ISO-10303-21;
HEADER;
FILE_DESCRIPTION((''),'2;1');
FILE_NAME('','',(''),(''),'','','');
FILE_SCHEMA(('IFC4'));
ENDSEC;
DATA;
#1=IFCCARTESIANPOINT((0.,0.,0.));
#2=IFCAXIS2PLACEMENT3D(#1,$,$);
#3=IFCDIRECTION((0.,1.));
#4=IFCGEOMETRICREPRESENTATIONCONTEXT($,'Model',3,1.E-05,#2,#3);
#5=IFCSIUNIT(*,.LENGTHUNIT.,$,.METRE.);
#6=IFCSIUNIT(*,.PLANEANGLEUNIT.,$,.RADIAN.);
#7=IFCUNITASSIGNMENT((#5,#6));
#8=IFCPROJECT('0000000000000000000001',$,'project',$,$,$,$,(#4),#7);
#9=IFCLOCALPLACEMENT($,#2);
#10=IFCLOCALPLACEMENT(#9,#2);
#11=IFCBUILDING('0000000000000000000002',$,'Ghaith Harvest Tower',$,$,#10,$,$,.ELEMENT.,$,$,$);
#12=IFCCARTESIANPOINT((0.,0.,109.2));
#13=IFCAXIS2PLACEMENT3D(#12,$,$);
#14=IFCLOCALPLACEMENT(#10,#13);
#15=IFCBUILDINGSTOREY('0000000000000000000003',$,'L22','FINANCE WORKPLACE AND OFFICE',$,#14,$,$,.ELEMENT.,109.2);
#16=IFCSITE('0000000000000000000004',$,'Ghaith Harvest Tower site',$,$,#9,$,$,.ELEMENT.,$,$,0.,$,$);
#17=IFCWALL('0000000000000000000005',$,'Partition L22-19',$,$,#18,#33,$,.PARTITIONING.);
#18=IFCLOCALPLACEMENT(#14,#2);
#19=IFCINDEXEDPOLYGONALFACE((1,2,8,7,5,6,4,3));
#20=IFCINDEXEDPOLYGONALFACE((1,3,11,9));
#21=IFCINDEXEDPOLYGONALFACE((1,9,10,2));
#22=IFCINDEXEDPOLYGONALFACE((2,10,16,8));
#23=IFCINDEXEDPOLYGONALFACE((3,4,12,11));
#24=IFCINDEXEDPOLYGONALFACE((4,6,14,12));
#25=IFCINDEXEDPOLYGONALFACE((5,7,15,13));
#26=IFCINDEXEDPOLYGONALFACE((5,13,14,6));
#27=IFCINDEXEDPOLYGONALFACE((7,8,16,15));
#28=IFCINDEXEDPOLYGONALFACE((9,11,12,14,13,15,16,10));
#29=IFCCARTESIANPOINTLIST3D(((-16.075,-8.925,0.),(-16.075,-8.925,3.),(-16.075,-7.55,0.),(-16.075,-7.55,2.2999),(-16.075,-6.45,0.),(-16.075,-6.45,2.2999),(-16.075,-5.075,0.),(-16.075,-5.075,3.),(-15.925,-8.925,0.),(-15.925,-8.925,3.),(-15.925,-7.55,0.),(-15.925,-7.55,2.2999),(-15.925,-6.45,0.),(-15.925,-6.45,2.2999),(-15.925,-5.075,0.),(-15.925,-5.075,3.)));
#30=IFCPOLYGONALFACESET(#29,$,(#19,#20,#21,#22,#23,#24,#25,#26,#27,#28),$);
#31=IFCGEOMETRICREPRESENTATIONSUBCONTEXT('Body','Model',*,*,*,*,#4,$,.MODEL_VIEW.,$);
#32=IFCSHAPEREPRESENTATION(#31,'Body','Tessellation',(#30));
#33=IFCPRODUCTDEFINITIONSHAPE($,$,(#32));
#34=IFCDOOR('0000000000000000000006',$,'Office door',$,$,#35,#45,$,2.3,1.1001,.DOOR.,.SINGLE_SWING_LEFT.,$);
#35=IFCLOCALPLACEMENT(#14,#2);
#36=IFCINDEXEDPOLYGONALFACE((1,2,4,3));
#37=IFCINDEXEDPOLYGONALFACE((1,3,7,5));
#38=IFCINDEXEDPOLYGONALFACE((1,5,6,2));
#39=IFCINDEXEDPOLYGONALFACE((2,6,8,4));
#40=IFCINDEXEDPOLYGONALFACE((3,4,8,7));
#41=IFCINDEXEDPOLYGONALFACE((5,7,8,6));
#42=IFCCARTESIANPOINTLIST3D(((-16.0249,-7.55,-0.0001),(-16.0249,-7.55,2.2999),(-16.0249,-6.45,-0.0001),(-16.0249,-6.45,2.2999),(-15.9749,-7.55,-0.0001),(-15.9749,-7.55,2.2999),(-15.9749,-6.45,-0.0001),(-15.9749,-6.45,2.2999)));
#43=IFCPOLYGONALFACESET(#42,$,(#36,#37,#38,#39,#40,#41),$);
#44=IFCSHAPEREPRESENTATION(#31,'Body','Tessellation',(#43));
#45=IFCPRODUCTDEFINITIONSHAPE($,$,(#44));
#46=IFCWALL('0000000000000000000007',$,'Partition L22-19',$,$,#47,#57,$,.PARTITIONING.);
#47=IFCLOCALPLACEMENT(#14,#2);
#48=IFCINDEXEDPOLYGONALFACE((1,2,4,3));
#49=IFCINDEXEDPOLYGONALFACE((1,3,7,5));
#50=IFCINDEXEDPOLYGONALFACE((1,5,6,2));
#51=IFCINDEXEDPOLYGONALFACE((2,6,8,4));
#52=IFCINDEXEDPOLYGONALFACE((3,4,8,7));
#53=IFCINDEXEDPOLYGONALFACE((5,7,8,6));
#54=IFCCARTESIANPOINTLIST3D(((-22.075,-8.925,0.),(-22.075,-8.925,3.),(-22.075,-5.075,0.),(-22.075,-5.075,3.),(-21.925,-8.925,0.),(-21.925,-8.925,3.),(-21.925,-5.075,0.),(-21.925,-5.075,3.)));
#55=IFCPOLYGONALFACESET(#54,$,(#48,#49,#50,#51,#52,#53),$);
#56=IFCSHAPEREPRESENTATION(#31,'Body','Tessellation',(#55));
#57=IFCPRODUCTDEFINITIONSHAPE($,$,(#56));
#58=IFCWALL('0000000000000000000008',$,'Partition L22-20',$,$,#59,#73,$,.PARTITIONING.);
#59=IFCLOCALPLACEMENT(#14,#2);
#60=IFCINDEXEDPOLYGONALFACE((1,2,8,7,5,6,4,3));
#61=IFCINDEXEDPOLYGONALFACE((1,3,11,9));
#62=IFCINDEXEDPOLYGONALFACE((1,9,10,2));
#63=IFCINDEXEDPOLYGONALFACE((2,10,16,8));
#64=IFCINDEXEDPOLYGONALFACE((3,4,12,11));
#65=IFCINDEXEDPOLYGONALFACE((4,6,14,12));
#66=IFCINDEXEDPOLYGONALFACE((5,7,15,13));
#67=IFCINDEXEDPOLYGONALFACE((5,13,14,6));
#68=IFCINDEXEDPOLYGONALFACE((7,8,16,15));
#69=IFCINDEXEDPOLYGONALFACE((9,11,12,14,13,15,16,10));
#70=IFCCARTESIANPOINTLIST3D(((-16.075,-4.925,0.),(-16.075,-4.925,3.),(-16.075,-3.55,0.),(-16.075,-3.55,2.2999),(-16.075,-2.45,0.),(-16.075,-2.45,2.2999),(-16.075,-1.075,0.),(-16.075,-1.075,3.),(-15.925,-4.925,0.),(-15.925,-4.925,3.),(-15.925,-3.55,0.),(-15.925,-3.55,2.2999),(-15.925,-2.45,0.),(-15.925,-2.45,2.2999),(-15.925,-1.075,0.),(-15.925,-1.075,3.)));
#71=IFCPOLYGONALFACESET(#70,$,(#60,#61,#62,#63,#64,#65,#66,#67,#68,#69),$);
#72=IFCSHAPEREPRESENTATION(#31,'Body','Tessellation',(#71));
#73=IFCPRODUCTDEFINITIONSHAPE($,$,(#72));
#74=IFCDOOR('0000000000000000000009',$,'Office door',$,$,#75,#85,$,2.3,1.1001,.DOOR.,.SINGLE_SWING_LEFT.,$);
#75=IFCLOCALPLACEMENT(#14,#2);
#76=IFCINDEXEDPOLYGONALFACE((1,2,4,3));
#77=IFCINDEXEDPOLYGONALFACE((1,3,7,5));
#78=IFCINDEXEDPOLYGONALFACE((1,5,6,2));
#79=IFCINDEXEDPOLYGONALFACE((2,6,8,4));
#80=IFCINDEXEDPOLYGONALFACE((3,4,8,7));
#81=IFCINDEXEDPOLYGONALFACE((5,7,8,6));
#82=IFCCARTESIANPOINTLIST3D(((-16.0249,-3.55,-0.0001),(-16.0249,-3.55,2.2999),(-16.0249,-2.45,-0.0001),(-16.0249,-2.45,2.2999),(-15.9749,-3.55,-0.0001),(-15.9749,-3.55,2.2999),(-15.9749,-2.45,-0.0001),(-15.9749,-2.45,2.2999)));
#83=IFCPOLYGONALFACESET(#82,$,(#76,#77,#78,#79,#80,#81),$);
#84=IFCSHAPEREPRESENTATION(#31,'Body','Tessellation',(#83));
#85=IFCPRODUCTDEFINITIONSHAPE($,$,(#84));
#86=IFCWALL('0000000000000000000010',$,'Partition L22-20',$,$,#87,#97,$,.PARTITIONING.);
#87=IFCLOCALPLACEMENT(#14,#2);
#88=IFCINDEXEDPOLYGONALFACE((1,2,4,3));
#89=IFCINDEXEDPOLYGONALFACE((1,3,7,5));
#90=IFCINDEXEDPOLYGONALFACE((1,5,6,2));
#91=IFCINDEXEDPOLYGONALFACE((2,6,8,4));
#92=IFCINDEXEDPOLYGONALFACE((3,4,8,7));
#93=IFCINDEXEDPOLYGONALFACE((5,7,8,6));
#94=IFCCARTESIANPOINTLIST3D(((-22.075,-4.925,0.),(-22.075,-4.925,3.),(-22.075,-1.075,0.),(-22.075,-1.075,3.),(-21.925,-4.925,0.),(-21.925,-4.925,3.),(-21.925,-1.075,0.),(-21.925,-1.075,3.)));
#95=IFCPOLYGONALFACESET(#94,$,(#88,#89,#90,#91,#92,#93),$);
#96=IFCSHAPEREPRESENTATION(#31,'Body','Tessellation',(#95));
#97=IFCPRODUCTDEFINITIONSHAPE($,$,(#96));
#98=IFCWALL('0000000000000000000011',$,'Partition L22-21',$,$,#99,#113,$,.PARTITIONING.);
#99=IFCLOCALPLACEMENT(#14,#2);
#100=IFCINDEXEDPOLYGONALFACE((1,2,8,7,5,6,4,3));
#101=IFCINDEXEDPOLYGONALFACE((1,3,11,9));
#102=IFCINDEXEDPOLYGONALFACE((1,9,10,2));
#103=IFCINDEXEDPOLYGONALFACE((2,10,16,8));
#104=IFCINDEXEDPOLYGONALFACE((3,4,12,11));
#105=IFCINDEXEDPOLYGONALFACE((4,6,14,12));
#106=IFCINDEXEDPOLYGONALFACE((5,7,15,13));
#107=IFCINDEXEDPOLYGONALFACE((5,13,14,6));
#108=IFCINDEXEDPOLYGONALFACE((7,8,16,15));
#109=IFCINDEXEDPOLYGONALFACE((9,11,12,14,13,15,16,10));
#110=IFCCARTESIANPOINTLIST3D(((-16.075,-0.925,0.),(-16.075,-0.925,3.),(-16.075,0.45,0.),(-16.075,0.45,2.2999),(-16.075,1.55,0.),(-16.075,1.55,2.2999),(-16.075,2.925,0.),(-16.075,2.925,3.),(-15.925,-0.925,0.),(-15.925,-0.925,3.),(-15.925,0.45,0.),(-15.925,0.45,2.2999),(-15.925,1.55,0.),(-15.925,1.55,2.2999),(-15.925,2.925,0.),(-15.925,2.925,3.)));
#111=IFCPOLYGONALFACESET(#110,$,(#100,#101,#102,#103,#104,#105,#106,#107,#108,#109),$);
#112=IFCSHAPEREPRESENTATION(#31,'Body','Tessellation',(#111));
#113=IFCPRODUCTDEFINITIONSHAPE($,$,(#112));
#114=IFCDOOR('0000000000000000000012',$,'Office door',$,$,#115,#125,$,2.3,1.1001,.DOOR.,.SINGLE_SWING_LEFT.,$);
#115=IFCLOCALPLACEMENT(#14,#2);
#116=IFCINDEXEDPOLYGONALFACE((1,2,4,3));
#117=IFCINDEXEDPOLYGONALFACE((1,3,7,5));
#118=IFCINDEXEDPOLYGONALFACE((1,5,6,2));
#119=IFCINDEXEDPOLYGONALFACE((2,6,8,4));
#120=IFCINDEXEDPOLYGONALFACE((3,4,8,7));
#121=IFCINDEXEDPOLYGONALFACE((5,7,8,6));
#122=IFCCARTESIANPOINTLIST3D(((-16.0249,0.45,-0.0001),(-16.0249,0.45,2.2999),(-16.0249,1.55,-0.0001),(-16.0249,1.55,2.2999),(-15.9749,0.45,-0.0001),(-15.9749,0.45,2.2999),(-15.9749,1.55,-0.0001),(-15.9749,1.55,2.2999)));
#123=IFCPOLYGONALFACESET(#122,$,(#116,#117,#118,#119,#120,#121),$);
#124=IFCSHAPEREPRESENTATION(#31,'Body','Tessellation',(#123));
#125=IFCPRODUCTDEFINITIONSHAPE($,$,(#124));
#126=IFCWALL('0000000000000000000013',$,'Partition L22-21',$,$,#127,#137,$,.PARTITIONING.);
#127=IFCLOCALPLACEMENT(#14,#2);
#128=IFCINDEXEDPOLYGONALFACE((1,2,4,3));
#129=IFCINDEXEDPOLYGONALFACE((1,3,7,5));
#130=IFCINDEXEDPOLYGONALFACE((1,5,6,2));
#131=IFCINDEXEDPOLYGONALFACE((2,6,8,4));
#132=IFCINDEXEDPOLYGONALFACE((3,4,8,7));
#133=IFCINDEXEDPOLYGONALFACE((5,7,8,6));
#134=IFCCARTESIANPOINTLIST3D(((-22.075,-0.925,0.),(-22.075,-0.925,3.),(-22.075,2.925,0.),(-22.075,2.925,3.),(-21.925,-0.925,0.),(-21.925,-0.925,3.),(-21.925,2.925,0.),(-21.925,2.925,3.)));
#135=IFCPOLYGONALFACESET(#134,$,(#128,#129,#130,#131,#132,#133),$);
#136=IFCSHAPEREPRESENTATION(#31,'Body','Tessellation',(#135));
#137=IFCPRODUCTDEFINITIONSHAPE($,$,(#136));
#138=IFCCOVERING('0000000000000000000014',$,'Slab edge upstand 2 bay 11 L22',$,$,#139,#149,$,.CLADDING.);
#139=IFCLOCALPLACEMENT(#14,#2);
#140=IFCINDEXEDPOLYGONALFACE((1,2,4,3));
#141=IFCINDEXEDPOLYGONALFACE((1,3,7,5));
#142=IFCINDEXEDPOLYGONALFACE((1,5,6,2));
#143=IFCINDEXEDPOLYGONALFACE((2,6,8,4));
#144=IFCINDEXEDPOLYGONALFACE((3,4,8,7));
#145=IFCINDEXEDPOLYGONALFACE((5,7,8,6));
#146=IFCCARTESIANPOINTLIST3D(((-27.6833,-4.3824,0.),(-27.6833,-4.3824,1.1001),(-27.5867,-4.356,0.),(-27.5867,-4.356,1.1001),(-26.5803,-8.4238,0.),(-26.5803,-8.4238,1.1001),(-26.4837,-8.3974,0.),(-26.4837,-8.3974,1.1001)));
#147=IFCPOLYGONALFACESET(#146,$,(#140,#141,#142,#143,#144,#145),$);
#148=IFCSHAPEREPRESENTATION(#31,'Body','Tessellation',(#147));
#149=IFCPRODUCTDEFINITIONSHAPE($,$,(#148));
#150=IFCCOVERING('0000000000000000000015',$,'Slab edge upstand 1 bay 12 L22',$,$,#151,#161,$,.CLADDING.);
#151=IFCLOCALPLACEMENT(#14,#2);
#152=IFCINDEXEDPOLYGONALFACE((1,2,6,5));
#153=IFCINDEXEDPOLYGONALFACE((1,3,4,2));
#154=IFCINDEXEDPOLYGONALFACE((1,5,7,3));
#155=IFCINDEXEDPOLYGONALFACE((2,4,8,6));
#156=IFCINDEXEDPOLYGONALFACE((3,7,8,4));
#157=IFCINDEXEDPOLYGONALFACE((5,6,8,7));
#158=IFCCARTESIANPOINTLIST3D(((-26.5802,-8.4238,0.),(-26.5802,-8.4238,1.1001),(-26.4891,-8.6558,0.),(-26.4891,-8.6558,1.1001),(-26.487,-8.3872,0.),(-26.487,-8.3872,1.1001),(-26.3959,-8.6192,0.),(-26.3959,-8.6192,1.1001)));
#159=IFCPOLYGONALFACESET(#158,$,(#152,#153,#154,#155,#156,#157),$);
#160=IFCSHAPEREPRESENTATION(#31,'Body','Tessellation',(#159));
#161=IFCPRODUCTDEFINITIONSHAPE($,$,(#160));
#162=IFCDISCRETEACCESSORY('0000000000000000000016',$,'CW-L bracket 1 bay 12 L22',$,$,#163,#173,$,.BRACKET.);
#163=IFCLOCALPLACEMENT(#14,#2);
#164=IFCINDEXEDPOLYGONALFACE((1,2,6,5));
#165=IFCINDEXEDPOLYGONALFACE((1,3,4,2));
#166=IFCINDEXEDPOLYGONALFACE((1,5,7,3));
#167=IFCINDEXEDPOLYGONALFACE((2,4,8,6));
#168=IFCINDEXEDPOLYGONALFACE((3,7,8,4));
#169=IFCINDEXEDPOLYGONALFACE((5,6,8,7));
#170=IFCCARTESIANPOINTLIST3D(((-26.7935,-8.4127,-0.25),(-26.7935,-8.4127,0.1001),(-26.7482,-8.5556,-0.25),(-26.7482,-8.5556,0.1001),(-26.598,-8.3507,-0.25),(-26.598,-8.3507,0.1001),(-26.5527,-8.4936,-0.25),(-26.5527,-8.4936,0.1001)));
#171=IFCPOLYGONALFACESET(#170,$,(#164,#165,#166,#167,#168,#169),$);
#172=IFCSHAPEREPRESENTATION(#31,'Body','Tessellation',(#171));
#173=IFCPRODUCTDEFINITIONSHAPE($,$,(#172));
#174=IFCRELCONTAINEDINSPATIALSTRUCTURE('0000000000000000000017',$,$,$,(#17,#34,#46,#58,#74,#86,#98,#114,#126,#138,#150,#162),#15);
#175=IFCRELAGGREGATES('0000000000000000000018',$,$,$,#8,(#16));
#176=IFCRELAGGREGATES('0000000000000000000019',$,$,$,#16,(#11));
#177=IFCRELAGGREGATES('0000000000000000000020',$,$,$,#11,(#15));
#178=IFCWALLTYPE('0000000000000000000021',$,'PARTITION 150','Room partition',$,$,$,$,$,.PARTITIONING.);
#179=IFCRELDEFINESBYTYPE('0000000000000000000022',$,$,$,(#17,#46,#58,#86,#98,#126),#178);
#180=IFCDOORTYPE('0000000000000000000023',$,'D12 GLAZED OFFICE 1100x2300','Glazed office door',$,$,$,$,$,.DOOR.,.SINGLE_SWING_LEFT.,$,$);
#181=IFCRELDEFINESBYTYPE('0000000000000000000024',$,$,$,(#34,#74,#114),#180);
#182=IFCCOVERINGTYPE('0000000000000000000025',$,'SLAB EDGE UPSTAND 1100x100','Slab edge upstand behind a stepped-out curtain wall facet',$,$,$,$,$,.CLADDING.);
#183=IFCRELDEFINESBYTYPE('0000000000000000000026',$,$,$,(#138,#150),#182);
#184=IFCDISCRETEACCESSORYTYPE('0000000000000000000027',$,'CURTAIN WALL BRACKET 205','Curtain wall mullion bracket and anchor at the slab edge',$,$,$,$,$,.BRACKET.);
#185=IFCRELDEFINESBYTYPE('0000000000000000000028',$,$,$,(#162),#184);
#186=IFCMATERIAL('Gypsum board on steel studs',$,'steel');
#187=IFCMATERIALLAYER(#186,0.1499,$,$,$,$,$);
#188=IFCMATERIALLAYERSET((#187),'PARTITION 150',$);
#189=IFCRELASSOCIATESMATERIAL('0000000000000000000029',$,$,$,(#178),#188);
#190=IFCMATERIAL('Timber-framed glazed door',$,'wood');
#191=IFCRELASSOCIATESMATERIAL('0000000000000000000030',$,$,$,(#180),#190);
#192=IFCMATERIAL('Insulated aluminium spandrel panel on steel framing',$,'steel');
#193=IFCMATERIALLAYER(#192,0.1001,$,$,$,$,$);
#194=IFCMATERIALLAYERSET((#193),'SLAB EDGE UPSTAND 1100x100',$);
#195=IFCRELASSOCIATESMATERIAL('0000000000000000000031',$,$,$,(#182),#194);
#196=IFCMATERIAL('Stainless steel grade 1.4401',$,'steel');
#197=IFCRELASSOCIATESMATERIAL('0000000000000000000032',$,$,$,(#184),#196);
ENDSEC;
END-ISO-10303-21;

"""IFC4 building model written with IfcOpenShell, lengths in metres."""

from ifc_helpers import new_model, si_unit, direction, frame, frame_2d, origin, origin_2d, place, context, subcontext, project, spatial, rectangle, extrude, material, layer, layer_set, type_object, element, fill, save


model = new_model("IFC4")

# Units and contexts
model_context = context("Model", 3, precision=1e-05, world=origin(), true_north=direction((0.0, 1.0)))
body_context = subcontext(model_context, "Body", "Model", "MODEL_VIEW")
ifc_project = project(units=[si_unit("LENGTHUNIT", "METRE"), si_unit("PLANEANGLEUNIT", "RADIAN")], contexts=[model_context])

# Site, building, storey
site_placement = place(None, origin())
site = spatial("IfcSite", under=ifc_project, at=site_placement, Name="Ghaith Harvest Tower site", CompositionType="ELEMENT", RefElevation=0.0)
building_placement = place(site_placement, origin())
building = spatial("IfcBuilding", under=site, at=building_placement, Name="Ghaith Harvest Tower", CompositionType="ELEMENT")
storey_placement = place(building_placement, frame((0.0, 0.0, 109.2)))
storey = spatial("IfcBuildingStorey", under=building, at=storey_placement, Name="L22", Description="FINANCE WORKPLACE AND OFFICE", CompositionType="ELEMENT", Elevation=109.2)

# Shared definitions
ifc_material_1 = material(Name="Gypsum board on steel studs", Category="steel")
ifc_layer_1 = layer(ifc_material_1, 0.1499)
ifc_layer_set_1 = layer_set([ifc_layer_1], Name="PARTITION 150")
wall_type = type_object("IfcWallType", Name="PARTITION 150", Description="Room partition", PredefinedType="PARTITIONING", material=ifc_layer_set_1)

# Wall, opening, door
wall_1_placement = place(storey_placement, frame((-16.0, -8.925, 0.0), z_axis=(0.0, 0.0, 1.0), x_axis=(0.0, 1.0, 0.0)))
wall_1 = element("IfcWall", 1, at=wall_1_placement, inside=storey, type_object=wall_type, Name="Partition L22-19", PredefinedType="PARTITIONING", context=body_context, shape_type="SweptSolid", body=[
    extrude(rectangle(XDim=3.8501, YDim=0.1499, at=frame_2d((1.925, 0.0))), origin(), (0.0, 0.0, 1.0), 3.0),
])
opening_1_placement = place(wall_1_placement, frame((1.375, 0.0, 0.0)))
opening_1 = element("IfcOpeningElement", 2, at=opening_1_placement, cuts=wall_1, PredefinedType="OPENING", context=body_context, shape_type="SweptSolid", body=[
    extrude(rectangle(XDim=1.1001, YDim=2.3, at=frame_2d((0.55, 1.1499))), frame((0.0, 0.085, 0.0), z_axis=(0.0, -1.0, 0.0), x_axis=(1.0, 0.0, 0.0)), (0.0, 0.0, 1.0), 0.1699),
])
ifc_material_2 = material(Name="Timber-framed glazed door", Category="wood")
door_type = type_object("IfcDoorType", Name="D12 GLAZED OFFICE 1100x2300", Description="Glazed office door", OperationType="SINGLE_SWING_LEFT", PredefinedType="DOOR", material=ifc_material_2)
door_1_placement = place(opening_1_placement, origin())
door_1 = element("IfcDoor", 3, at=door_1_placement, inside=storey, type_object=door_type, Name="Office door", OperationType="SINGLE_SWING_LEFT", OverallHeight=2.3, OverallWidth=1.1001, PredefinedType="DOOR", context=body_context, shape_type="SweptSolid", body=[
    extrude(rectangle(XDim=1.1001, YDim=2.3, at=frame_2d((0.55, 1.1499))), frame((0.0, 0.0249, 0.0), z_axis=(0.0, -1.0, 0.0), x_axis=(1.0, 0.0, 0.0)), (0.0, 0.0, 1.0), 0.05),
])
fill(opening_1, door_1)

# Wall
wall_2_placement = place(storey_placement, frame((-22.0, -8.925, 0.0), z_axis=(0.0, 0.0, 1.0), x_axis=(0.0, 1.0, 0.0)))
element("IfcWall", 4, at=wall_2_placement, inside=storey, type_object=wall_type, Name="Partition L22-19", PredefinedType="PARTITIONING", context=body_context, shape_type="SweptSolid", body=[
    extrude(rectangle(XDim=3.8501, YDim=0.1499, at=frame_2d((1.925, 0.0))), origin(), (0.0, 0.0, 1.0), 3.0),
])

# Wall, opening, door
wall_3_placement = place(storey_placement, frame((-16.0, -4.925, 0.0), z_axis=(0.0, 0.0, 1.0), x_axis=(0.0, 1.0, 0.0)))
wall_3 = element("IfcWall", 5, at=wall_3_placement, inside=storey, type_object=wall_type, Name="Partition L22-20", PredefinedType="PARTITIONING", context=body_context, shape_type="SweptSolid", body=[
    extrude(rectangle(XDim=3.8501, YDim=0.1499, at=frame_2d((1.925, 0.0))), origin(), (0.0, 0.0, 1.0), 3.0),
])
opening_2_placement = place(wall_3_placement, frame((1.375, 0.0, 0.0)))
opening_2 = element("IfcOpeningElement", 6, at=opening_2_placement, cuts=wall_3, PredefinedType="OPENING", context=body_context, shape_type="SweptSolid", body=[
    extrude(rectangle(XDim=1.1001, YDim=2.3, at=frame_2d((0.55, 1.1499))), frame((0.0, 0.085, 0.0), z_axis=(0.0, -1.0, 0.0), x_axis=(1.0, 0.0, 0.0)), (0.0, 0.0, 1.0), 0.1699),
])
door_2_placement = place(opening_2_placement, origin())
door_2 = element("IfcDoor", 7, at=door_2_placement, inside=storey, type_object=door_type, Name="Office door", OperationType="SINGLE_SWING_LEFT", OverallHeight=2.3, OverallWidth=1.1001, PredefinedType="DOOR", context=body_context, shape_type="SweptSolid", body=[
    extrude(rectangle(XDim=1.1001, YDim=2.3, at=frame_2d((0.55, 1.1499))), frame((0.0, 0.0249, 0.0), z_axis=(0.0, -1.0, 0.0), x_axis=(1.0, 0.0, 0.0)), (0.0, 0.0, 1.0), 0.05),
])
fill(opening_2, door_2)

# Wall
wall_4_placement = place(storey_placement, frame((-22.0, -4.925, 0.0), z_axis=(0.0, 0.0, 1.0), x_axis=(0.0, 1.0, 0.0)))
element("IfcWall", 8, at=wall_4_placement, inside=storey, type_object=wall_type, Name="Partition L22-20", PredefinedType="PARTITIONING", context=body_context, shape_type="SweptSolid", body=[
    extrude(rectangle(XDim=3.8501, YDim=0.1499, at=frame_2d((1.925, 0.0))), origin(), (0.0, 0.0, 1.0), 3.0),
])

# Wall, opening, door
wall_5_placement = place(storey_placement, frame((-16.0, -0.925, 0.0), z_axis=(0.0, 0.0, 1.0), x_axis=(0.0, 1.0, 0.0)))
wall_5 = element("IfcWall", 9, at=wall_5_placement, inside=storey, type_object=wall_type, Name="Partition L22-21", PredefinedType="PARTITIONING", context=body_context, shape_type="SweptSolid", body=[
    extrude(rectangle(XDim=3.8501, YDim=0.1499, at=frame_2d((1.925, 0.0))), origin(), (0.0, 0.0, 1.0), 3.0),
])
opening_3_placement = place(wall_5_placement, frame((1.375, 0.0, 0.0)))
opening_3 = element("IfcOpeningElement", 10, at=opening_3_placement, cuts=wall_5, PredefinedType="OPENING", context=body_context, shape_type="SweptSolid", body=[
    extrude(rectangle(XDim=1.1001, YDim=2.3, at=frame_2d((0.55, 1.1499))), frame((0.0, 0.085, 0.0), z_axis=(0.0, -1.0, 0.0), x_axis=(1.0, 0.0, 0.0)), (0.0, 0.0, 1.0), 0.1699),
])
door_3_placement = place(opening_3_placement, origin())
door_3 = element("IfcDoor", 11, at=door_3_placement, inside=storey, type_object=door_type, Name="Office door", OperationType="SINGLE_SWING_LEFT", OverallHeight=2.3, OverallWidth=1.1001, PredefinedType="DOOR", context=body_context, shape_type="SweptSolid", body=[
    extrude(rectangle(XDim=1.1001, YDim=2.3, at=frame_2d((0.55, 1.1499))), frame((0.0, 0.0249, 0.0), z_axis=(0.0, -1.0, 0.0), x_axis=(1.0, 0.0, 0.0)), (0.0, 0.0, 1.0), 0.05),
])
fill(opening_3, door_3)

# Wall
wall_6_placement = place(storey_placement, frame((-22.0, -0.925, 0.0), z_axis=(0.0, 0.0, 1.0), x_axis=(0.0, 1.0, 0.0)))
element("IfcWall", 12, at=wall_6_placement, inside=storey, type_object=wall_type, Name="Partition L22-21", PredefinedType="PARTITIONING", context=body_context, shape_type="SweptSolid", body=[
    extrude(rectangle(XDim=3.8501, YDim=0.1499, at=frame_2d((1.925, 0.0))), origin(), (0.0, 0.0, 1.0), 3.0),
])

# Coverings
ifc_material_3 = material(Name="Insulated aluminium spandrel panel on steel framing", Category="steel")
ifc_layer_2 = layer(ifc_material_3, 0.1001)
ifc_layer_set_2 = layer_set([ifc_layer_2], Name="SLAB EDGE UPSTAND 1100x100")
covering_type = type_object("IfcCoveringType", Name="SLAB EDGE UPSTAND 1100x100", Description="Slab edge upstand behind a stepped-out curtain wall facet", PredefinedType="CLADDING", material=ifc_layer_set_2)
covering_1_placement = place(storey_placement, frame((-27.0835, -6.3899, 0.0), z_axis=(0.0, 0.0, 1.0), x_axis=(0.263288, -0.964717, 0.0)))
element("IfcCovering", 13, at=covering_1_placement, inside=storey, type_object=covering_type, Name="Slab edge upstand 2 bay 11 L22", PredefinedType="CLADDING", context=body_context, shape_type="SweptSolid", body=[
    extrude(rectangle(XDim=4.1892, YDim=0.1001, at=origin_2d()), origin(), (0.0, 0.0, 1.0), 1.1001),
])
covering_2_placement = place(storey_placement, frame((-26.488, -8.5215, 0.0), z_axis=(0.0, 0.0, 1.0), x_axis=(0.365515, -0.930805, 0.0)))
element("IfcCovering", 14, at=covering_2_placement, inside=storey, type_object=covering_type, Name="Slab edge upstand 1 bay 12 L22", PredefinedType="CLADDING", context=body_context, shape_type="SweptSolid", body=[
    extrude(rectangle(XDim=0.2493, YDim=0.1001, at=origin_2d()), origin(), (0.0, 0.0, 1.0), 1.1001),
])

# Discrete accessory
ifc_material_4 = material(Name="Stainless steel grade 1.4401", Category="steel")
discrete_accessory_type = type_object("IfcDiscreteAccessoryType", Name="CURTAIN WALL BRACKET 205", Description="Curtain wall mullion bracket and anchor at the slab edge", PredefinedType="BRACKET", material=ifc_material_4)
discrete_accessory_placement = place(storey_placement, frame((-26.6731, -8.4531, -0.25), z_axis=(0.0, 0.0, 1.0), x_axis=(-0.953273, -0.30211, 0.0)))
element("IfcDiscreteAccessory", 15, at=discrete_accessory_placement, inside=storey, type_object=discrete_accessory_type, Name="CW-L bracket 1 bay 12 L22", PredefinedType="BRACKET", context=body_context, shape_type="SweptSolid", body=[
    extrude(rectangle(XDim=0.2051, YDim=0.1499, at=origin_2d()), origin(), (0.0, 0.0, 1.0), 0.3501),
])

save(model, "model.ifc")
